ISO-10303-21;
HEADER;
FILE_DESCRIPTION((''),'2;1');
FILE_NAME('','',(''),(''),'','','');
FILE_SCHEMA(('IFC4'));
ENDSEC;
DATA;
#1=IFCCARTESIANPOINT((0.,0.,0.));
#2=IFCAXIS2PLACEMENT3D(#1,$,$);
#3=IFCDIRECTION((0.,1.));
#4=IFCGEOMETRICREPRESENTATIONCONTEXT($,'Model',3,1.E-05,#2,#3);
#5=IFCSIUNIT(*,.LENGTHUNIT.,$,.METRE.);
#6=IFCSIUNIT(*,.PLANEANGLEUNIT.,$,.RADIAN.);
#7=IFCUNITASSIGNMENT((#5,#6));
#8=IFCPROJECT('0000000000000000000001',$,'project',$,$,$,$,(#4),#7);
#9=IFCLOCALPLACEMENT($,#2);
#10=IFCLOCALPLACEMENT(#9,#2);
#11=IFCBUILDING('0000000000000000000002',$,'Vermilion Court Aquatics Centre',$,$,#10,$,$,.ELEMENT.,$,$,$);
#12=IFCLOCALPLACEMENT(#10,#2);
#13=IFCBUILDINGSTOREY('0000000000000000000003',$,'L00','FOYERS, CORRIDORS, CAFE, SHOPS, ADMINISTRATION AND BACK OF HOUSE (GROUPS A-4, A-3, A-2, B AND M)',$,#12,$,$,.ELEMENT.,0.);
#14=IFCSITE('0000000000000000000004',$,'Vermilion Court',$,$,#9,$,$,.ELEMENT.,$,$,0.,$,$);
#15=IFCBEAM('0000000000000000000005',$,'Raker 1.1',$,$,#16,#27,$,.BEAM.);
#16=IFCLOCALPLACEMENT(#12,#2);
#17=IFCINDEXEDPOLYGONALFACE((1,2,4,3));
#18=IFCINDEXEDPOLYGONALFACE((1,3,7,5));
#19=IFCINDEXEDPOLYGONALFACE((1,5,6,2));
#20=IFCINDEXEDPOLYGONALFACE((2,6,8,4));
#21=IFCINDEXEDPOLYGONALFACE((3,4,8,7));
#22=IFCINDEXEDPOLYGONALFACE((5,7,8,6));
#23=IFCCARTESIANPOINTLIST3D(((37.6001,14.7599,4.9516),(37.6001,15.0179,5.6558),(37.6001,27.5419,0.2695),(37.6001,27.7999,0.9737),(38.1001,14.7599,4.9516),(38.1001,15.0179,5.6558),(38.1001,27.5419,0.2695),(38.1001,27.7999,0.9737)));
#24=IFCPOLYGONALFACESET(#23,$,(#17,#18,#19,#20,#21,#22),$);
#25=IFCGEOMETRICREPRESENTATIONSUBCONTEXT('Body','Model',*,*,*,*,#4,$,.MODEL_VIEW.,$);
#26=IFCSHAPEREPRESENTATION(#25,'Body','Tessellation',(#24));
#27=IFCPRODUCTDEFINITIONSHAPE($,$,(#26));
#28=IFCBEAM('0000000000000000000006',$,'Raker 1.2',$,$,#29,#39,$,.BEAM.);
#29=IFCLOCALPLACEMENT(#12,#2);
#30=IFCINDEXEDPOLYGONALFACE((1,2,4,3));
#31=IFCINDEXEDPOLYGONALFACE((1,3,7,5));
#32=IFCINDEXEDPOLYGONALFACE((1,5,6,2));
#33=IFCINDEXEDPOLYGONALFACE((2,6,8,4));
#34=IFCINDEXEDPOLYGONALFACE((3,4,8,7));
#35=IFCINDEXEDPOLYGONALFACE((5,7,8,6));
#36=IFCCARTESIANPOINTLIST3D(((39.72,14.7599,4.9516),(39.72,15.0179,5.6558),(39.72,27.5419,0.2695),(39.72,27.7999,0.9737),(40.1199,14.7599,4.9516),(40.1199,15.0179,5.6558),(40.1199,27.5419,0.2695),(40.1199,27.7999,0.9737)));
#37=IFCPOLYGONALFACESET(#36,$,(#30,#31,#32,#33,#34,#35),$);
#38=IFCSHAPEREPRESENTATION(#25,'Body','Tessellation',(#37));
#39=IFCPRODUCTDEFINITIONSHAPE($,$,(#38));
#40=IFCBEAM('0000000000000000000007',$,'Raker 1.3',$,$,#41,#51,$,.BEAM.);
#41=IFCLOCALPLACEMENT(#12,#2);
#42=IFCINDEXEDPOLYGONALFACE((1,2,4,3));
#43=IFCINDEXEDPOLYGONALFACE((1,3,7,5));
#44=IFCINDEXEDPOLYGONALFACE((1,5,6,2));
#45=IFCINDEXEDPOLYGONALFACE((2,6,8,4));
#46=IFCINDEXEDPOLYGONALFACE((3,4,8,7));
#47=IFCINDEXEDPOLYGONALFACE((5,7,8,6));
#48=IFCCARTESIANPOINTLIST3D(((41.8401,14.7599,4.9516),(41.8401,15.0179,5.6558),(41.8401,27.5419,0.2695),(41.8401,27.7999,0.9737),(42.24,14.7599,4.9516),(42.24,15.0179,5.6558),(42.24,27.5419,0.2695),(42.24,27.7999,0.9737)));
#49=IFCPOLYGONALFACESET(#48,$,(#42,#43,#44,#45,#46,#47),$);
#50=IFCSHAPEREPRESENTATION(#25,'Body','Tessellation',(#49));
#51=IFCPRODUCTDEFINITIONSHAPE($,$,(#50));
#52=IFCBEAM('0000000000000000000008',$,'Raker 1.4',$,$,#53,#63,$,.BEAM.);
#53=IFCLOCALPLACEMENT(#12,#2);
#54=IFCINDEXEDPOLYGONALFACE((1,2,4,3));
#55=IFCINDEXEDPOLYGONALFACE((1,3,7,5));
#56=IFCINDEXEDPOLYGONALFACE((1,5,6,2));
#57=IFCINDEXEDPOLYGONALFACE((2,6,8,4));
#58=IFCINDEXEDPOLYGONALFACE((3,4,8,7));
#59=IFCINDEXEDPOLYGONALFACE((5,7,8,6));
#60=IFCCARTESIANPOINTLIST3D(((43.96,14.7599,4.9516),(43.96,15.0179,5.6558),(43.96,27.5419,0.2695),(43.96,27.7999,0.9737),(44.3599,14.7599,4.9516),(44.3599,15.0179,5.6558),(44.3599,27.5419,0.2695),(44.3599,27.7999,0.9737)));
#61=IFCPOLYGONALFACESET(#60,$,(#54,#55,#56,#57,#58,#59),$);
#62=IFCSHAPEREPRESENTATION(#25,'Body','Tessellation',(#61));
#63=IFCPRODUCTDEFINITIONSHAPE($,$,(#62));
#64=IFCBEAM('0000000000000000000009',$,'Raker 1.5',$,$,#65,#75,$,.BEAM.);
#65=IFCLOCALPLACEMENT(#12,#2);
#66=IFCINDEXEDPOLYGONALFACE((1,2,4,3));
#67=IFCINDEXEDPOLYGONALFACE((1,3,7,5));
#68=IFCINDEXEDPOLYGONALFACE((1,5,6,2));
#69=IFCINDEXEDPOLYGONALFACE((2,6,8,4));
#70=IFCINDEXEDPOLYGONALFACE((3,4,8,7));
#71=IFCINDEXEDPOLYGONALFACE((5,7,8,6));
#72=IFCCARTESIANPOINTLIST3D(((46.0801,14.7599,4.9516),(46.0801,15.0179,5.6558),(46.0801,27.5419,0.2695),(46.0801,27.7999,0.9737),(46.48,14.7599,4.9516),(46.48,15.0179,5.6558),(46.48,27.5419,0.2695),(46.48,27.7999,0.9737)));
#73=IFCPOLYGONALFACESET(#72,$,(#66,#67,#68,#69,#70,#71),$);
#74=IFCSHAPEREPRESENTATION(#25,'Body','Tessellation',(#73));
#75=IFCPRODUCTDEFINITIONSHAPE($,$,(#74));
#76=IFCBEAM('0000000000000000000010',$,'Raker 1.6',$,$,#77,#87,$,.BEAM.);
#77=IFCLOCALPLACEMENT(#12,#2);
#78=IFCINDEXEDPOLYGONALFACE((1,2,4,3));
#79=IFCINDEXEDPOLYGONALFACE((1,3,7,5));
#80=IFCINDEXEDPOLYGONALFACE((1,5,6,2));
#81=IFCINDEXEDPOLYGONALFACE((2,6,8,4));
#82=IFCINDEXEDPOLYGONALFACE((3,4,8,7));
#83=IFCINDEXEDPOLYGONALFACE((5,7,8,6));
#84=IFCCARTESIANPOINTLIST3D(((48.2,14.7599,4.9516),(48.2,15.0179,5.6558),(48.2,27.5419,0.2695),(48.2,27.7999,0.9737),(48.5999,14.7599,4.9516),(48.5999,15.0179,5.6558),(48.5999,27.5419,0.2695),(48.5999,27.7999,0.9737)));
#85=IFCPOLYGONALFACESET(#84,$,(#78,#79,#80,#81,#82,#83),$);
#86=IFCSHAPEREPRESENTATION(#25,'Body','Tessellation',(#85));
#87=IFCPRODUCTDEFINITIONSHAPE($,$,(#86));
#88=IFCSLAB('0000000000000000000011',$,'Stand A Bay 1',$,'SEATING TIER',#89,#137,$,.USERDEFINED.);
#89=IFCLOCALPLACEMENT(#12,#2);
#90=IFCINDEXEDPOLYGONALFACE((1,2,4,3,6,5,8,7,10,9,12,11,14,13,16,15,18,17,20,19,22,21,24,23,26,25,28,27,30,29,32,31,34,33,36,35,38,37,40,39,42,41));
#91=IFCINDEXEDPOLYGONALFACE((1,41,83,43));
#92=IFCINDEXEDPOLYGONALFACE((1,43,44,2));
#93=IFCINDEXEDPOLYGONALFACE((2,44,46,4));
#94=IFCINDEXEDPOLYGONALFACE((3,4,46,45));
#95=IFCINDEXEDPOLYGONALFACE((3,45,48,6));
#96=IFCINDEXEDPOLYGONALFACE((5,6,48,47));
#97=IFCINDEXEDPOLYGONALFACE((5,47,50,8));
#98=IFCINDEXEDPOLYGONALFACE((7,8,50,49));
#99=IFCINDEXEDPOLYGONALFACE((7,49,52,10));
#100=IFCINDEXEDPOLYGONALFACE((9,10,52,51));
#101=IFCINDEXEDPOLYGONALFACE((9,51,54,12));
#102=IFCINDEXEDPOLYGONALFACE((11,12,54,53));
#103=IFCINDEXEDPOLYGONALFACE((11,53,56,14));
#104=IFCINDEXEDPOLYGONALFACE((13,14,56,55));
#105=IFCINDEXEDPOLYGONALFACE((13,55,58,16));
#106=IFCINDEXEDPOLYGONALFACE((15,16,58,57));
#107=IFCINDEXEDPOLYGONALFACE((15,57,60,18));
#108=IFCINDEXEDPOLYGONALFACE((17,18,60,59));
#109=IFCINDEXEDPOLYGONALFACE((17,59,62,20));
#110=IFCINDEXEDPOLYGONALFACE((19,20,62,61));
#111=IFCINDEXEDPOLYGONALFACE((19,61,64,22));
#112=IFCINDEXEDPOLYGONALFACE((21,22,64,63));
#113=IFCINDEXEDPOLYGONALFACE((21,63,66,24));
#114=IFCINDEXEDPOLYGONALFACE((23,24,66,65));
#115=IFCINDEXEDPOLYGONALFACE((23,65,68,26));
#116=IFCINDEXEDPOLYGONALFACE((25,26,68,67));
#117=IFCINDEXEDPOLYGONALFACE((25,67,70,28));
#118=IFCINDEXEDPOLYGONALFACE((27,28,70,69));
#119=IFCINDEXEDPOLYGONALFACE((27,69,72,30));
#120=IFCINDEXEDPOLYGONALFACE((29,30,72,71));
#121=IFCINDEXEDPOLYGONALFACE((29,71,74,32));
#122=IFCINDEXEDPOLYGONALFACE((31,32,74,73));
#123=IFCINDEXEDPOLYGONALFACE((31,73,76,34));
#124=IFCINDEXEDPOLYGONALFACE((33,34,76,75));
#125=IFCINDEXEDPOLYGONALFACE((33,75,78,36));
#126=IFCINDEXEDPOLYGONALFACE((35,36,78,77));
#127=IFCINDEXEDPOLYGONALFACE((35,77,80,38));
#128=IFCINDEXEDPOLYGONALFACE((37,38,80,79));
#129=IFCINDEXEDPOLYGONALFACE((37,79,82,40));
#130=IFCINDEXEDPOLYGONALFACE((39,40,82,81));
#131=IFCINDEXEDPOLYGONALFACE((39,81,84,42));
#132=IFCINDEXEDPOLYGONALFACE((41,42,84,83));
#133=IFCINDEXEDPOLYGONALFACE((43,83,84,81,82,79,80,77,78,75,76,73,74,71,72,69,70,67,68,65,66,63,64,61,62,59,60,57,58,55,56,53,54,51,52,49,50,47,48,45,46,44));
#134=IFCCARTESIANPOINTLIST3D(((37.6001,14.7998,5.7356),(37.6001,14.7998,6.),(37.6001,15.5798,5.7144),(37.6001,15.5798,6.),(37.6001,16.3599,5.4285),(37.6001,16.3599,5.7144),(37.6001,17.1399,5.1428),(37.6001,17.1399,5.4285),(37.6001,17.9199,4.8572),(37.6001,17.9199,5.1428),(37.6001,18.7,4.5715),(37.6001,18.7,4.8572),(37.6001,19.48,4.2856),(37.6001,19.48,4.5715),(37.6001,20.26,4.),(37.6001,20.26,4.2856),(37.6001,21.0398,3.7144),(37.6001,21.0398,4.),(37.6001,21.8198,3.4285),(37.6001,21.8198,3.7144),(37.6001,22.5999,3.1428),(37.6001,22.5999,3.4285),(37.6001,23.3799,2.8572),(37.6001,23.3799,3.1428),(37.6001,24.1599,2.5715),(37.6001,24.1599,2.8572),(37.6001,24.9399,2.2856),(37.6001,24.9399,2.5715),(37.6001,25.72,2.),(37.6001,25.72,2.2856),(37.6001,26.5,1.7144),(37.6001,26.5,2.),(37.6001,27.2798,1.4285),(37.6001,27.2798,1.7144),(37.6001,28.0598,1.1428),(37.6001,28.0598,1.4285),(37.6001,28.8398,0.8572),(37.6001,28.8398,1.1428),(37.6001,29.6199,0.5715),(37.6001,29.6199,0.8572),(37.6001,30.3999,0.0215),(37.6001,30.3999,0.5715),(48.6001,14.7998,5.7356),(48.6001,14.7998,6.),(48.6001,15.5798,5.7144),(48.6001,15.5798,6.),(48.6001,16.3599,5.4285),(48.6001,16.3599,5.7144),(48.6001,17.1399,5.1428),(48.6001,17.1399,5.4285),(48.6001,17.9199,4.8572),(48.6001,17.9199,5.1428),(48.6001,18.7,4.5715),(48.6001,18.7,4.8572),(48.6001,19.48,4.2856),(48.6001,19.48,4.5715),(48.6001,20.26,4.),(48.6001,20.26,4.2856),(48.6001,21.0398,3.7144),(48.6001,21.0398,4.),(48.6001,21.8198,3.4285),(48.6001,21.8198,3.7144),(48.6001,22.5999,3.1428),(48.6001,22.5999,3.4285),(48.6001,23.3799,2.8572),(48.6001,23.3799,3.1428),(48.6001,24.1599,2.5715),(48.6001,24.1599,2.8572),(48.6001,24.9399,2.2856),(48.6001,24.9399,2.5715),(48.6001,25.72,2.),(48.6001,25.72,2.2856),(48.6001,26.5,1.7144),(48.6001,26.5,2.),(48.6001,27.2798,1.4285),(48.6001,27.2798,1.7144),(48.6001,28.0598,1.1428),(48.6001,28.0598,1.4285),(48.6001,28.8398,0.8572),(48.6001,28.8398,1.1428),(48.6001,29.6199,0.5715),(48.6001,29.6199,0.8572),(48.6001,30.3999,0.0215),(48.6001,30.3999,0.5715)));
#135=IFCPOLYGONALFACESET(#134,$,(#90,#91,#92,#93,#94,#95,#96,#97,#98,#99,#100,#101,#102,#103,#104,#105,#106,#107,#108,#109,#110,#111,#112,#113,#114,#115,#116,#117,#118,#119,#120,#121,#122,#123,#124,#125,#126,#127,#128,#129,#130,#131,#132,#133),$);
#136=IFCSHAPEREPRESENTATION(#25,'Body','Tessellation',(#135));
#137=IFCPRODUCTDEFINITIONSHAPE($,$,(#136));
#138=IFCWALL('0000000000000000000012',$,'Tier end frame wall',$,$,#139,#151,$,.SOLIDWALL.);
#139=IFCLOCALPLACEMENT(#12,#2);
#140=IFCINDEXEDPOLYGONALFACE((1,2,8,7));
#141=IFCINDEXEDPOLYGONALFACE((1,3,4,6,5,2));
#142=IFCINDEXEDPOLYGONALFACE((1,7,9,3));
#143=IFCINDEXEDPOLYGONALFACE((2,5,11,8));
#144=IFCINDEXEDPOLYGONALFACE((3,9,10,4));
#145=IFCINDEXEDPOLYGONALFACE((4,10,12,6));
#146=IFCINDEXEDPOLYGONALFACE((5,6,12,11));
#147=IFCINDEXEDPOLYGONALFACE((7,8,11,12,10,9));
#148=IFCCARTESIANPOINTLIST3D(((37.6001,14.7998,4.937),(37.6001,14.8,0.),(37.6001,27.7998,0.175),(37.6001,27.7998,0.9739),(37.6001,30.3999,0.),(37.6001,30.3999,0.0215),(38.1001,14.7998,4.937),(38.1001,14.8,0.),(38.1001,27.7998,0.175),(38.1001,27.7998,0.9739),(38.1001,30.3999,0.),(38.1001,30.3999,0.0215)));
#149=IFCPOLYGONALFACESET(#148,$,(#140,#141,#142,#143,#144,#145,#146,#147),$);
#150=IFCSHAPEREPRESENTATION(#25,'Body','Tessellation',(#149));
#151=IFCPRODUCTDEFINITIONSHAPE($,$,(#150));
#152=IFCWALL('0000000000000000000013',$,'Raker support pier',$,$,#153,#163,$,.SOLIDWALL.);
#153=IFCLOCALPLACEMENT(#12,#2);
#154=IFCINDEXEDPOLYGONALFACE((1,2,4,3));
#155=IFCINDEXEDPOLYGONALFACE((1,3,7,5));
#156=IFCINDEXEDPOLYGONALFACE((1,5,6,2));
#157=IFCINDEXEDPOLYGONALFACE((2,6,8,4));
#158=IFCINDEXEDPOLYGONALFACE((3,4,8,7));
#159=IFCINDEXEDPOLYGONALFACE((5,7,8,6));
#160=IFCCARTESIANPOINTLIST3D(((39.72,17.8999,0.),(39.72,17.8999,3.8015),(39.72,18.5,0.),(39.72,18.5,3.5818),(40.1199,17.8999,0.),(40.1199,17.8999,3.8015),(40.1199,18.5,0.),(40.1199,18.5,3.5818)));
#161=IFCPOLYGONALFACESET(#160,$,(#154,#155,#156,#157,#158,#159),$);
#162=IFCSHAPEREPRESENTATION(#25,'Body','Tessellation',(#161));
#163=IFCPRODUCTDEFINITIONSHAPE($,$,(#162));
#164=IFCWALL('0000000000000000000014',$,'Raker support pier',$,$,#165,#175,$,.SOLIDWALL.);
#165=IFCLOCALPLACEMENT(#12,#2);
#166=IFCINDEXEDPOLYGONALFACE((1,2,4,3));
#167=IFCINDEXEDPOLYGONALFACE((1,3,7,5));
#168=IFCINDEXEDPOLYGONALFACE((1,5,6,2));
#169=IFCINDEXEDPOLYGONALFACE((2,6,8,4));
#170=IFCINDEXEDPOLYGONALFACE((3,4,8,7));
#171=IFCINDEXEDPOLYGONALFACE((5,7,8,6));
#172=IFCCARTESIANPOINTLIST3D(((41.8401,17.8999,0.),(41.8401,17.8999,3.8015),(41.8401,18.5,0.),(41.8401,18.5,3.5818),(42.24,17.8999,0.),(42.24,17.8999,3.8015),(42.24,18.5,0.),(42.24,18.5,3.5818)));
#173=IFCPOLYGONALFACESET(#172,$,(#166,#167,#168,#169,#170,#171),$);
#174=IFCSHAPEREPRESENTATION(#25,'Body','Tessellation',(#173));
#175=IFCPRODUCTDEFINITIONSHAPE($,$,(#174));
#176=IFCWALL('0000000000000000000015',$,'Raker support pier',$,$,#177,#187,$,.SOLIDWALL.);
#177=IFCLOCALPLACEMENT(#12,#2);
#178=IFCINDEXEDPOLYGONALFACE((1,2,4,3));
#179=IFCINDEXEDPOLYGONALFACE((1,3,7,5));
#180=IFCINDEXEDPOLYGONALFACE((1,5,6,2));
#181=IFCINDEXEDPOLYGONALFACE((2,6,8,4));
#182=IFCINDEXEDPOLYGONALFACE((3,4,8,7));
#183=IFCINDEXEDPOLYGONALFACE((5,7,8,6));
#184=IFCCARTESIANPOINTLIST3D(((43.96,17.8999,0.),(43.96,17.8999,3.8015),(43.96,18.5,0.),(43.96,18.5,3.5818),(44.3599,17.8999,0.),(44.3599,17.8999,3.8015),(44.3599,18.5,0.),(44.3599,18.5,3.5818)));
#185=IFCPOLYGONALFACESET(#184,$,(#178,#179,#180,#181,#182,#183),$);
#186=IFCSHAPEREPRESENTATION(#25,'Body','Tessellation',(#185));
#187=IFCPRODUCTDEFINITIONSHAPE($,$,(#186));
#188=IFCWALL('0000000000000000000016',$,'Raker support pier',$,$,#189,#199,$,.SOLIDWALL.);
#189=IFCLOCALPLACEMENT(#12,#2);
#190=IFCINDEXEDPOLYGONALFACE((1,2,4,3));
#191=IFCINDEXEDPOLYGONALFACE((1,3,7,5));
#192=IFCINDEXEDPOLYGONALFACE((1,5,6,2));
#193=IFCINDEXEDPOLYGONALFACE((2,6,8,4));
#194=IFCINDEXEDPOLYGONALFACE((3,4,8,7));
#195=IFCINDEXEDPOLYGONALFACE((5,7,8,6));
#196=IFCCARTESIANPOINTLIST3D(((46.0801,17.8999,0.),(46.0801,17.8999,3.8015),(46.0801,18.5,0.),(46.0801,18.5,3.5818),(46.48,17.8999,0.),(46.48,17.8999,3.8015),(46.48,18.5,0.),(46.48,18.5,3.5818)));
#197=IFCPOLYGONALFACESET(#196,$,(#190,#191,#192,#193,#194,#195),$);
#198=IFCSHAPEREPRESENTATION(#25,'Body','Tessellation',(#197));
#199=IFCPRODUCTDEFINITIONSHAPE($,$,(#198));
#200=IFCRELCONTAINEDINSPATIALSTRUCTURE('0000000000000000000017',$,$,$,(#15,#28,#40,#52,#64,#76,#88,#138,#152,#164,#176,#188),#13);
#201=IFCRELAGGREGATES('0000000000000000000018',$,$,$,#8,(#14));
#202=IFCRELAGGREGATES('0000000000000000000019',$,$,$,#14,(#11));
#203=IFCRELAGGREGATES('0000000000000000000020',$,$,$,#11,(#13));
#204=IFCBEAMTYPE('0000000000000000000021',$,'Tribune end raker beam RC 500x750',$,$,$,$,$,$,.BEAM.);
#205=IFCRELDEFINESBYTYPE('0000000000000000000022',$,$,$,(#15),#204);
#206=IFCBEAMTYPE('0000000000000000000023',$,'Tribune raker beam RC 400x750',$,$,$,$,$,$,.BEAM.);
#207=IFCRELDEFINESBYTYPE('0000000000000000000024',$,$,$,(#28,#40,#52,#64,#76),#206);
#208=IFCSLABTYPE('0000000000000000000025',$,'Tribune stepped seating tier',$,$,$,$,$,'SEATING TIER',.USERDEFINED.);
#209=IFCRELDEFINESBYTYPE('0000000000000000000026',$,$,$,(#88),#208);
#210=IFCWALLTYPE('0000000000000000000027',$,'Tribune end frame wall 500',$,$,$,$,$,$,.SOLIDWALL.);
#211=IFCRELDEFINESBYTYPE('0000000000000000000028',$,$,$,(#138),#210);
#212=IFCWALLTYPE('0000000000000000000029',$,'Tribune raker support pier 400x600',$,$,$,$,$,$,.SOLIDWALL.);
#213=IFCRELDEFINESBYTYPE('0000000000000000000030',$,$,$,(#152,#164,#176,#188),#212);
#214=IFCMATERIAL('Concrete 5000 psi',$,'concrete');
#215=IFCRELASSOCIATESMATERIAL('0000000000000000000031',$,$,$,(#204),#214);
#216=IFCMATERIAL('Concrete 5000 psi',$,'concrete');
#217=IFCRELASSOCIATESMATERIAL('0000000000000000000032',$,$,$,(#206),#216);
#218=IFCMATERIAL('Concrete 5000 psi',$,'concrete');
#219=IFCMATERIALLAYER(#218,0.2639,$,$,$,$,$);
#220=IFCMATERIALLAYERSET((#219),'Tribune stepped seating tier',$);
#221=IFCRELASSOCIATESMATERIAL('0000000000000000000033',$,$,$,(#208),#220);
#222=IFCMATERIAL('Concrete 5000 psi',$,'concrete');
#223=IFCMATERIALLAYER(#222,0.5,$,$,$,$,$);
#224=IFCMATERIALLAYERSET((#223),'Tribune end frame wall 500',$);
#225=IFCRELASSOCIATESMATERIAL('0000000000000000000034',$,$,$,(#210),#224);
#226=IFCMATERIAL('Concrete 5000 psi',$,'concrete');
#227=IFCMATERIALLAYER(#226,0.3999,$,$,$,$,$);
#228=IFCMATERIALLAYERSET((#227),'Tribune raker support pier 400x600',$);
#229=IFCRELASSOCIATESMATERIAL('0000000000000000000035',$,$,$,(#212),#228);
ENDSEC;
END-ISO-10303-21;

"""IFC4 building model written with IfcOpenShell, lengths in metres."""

from ifc_helpers import new_model, si_unit, direction, frame, origin, origin_2d, place, context, subcontext, project, spatial, polyline, rectangle, outline, extrude, material, layer, layer_set, material_profile, profile_set, type_object, element, save


model = new_model("IFC4")

# Units and contexts
model_context = context("Model", 3, precision=1e-05, world=origin(), true_north=direction((0.0, 1.0)))
body_context = subcontext(model_context, "Body", "Model", "MODEL_VIEW")
ifc_project = project(units=[si_unit("LENGTHUNIT", "METRE"), si_unit("PLANEANGLEUNIT", "RADIAN")], contexts=[model_context])

# Site, building, storey
site_placement = place(None, origin())
site = spatial("IfcSite", under=ifc_project, at=site_placement, Name="Vermilion Court", CompositionType="ELEMENT", RefElevation=0.0)
building_placement = place(site_placement, origin())
building = spatial("IfcBuilding", under=site, at=building_placement, Name="Vermilion Court Aquatics Centre", CompositionType="ELEMENT")
storey_placement = place(building_placement, origin())
storey = spatial("IfcBuildingStorey", under=building, at=storey_placement, Name="L00", Description="FOYERS, CORRIDORS, CAFE, SHOPS, ADMINISTRATION AND BACK OF HOUSE (GROUPS A-4, A-3, A-2, B AND M)", CompositionType="ELEMENT", Elevation=0.0)

# Beams
ifc_material_1 = material(Name="Concrete 5000 psi", Category="concrete")
ifc_material_profile_1 = material_profile(ifc_material_1, rectangle(XDim=0.5, YDim=0.75, at=origin_2d()), Name="RC 500x750")
ifc_profile_set_1 = profile_set([ifc_material_profile_1], Name="Concrete 5000 psi")
beam_type_1 = type_object("IfcBeamType", Name="Tribune end raker beam RC 500x750", PredefinedType="BEAM", material=ifc_profile_set_1)
beam_placement = place(storey_placement, frame((37.8501, 27.6709, 0.6216), z_axis=(0.0, -0.938985, 0.343957), x_axis=(1.0, 0.0, 0.0)))
element("IfcBeam", 1, at=beam_placement, inside=storey, type_object=beam_type_1, Name="Raker 1.1", PredefinedType="BEAM", context=body_context, shape_type="SweptSolid", body=[
    extrude(rectangle(XDim=0.5, YDim=0.75, at=origin_2d()), origin(), (0.0, 0.0, 1.0), 13.6125),
])
ifc_material_2 = material(Name="Concrete 5000 psi", Category="concrete")
ifc_material_profile_2 = material_profile(ifc_material_2, rectangle(XDim=0.3999, YDim=0.75, at=origin_2d()), Name="RC 400x750")
ifc_profile_set_2 = profile_set([ifc_material_profile_2], Name="Concrete 5000 psi")
beam_type_2 = type_object("IfcBeamType", Name="Tribune raker beam RC 400x750", PredefinedType="BEAM", material=ifc_profile_set_2)
for number, where, z_axis, x_axis, name in (
    (2, (39.9199, 27.6709, 0.6216), (0.0, -0.938985, 0.343957), (1.0, 0.0, 0.0), "Raker 1.2"),
    (3, (42.04, 27.6709, 0.6216), (0.0, -0.938985, 0.343957), (1.0, 0.0, 0.0), "Raker 1.3"),
    (4, (44.1599, 27.6709, 0.6216), (0.0, -0.938985, 0.343957), (1.0, 0.0, 0.0), "Raker 1.4"),
    (5, (46.28, 27.6709, 0.6216), (0.0, -0.938985, 0.343957), (1.0, 0.0, 0.0), "Raker 1.5"),
    (6, (48.3999, 27.6709, 0.6216), (0.0, -0.938985, 0.343957), (1.0, 0.0, 0.0), "Raker 1.6"),
):
    element("IfcBeam", number, at=place(storey_placement, frame(where, z_axis=z_axis, x_axis=x_axis)), inside=storey, type_object=beam_type_2, Name=name, PredefinedType="BEAM", context=body_context, shape_type="SweptSolid", body=[
        extrude(rectangle(XDim=0.3999, YDim=0.75, at=origin_2d()), origin(), (0.0, 0.0, 1.0), 13.6125),
    ])

# Slab
ifc_material_3 = material(Name="Concrete 5000 psi", Category="concrete")
ifc_layer_1 = layer(ifc_material_3, 0.2639)
ifc_layer_set_1 = layer_set([ifc_layer_1], Name="Tribune stepped seating tier")
slab_type = type_object("IfcSlabType", Name="Tribune stepped seating tier", ElementType="SEATING TIER", PredefinedType="USERDEFINED", material=ifc_layer_set_1)
slab_placement = place(storey_placement, frame((43.1001, 30.3999, 0.0215), z_axis=(0.0, 0.0, 1.0), x_axis=(0.0, -1.0, 0.0)))
element("IfcSlab", 7, at=slab_placement, inside=storey, type_object=slab_type, Name="Stand A Bay 1", ObjectType="SEATING TIER", PredefinedType="USERDEFINED", context=body_context, shape_type="SweptSolid", body=[
    extrude(outline(polyline([(0.0, 0.0), (15.6001, 5.7141), (15.6001, 5.9785), (14.8201, 5.9785), (14.8201, 5.6929), (14.04, 5.6929), (14.04, 5.407), (13.26, 5.407), (13.26, 5.1213), (12.48, 5.1213), (12.48, 4.8357), (11.7, 4.8357), (11.7, 4.55), (10.9199, 4.55), (10.9199, 4.2642), (10.1399, 4.2642), (10.1399, 3.9785), (9.3601, 3.9785), (9.3601, 3.6929), (8.5801, 3.6929), (8.5801, 3.407), (7.8, 3.407), (7.8, 3.1213), (7.02, 3.1213), (7.02, 2.8357), (6.24, 2.8357), (6.24, 2.55), (5.46, 2.55), (5.46, 2.2642), (4.6799, 2.2642), (4.6799, 1.9785), (3.8999, 1.9785), (3.8999, 1.6929), (3.1201, 1.6929), (3.1201, 1.407), (2.3401, 1.407), (2.3401, 1.1213), (1.5601, 1.1213), (1.5601, 0.8357), (0.78, 0.8357), (0.78, 0.55), (0.0, 0.55), (0.0, 0.0)])), frame((0.0, 5.5, 0.0), z_axis=(0.0, -1.0, 0.0), x_axis=(1.0, 0.0, 0.0)), (0.0, 0.0, 1.0), 11.0),
])

# Walls
ifc_material_4 = material(Name="Concrete 5000 psi", Category="concrete")
ifc_layer_2 = layer(ifc_material_4, 0.5)
ifc_layer_set_2 = layer_set([ifc_layer_2], Name="Tribune end frame wall 500")
wall_type_1 = type_object("IfcWallType", Name="Tribune end frame wall 500", PredefinedType="SOLIDWALL", material=ifc_layer_set_2)
wall_1_placement = place(storey_placement, frame((37.8501, 30.3999, 0.0), z_axis=(0.0, 0.0, 1.0), x_axis=(0.0, -1.0, 0.0)))
element("IfcWall", 8, at=wall_1_placement, inside=storey, type_object=wall_type_1, Name="Tier end frame wall", PredefinedType="SOLIDWALL", context=body_context, shape_type="SweptSolid", body=[
    extrude(outline(polyline([(0.0, 0.0), (15.5999, 0.0), (15.6001, 4.937), (2.6001, 0.175), (2.6001, 0.9739), (0.0, 0.0215), (0.0, 0.0)])), frame((0.0, 0.25, 0.0), z_axis=(0.0, -1.0, 0.0), x_axis=(1.0, 0.0, 0.0)), (0.0, 0.0, 1.0), 0.5),
])
ifc_material_5 = material(Name="Concrete 5000 psi", Category="concrete")
ifc_layer_3 = layer(ifc_material_5, 0.3999)
ifc_layer_set_3 = layer_set([ifc_layer_3], Name="Tribune raker support pier 400x600")
wall_type_2 = type_object("IfcWallType", Name="Tribune raker support pier 400x600", PredefinedType="SOLIDWALL", material=ifc_layer_set_3)
for number, where, z_axis, x_axis, name in (
    (9, (39.9199, 18.5, 0.0), (0.0, 0.0, 1.0), (0.0, -1.0, 0.0), "Raker support pier"),
    (10, (42.04, 18.5, 0.0), (0.0, 0.0, 1.0), (0.0, -1.0, 0.0), "Raker support pier"),
    (11, (44.1599, 18.5, 0.0), (0.0, 0.0, 1.0), (0.0, -1.0, 0.0), "Raker support pier"),
    (12, (46.28, 18.5, 0.0), (0.0, 0.0, 1.0), (0.0, -1.0, 0.0), "Raker support pier"),
):
    element("IfcWall", number, at=place(storey_placement, frame(where, z_axis=z_axis, x_axis=x_axis)), inside=storey, type_object=wall_type_2, Name=name, PredefinedType="SOLIDWALL", context=body_context, shape_type="SweptSolid", body=[
        extrude(outline(polyline([(0.0, 0.0), (0.6001, 0.0), (0.6001, 3.8015), (0.0, 3.5818), (0.0, 0.0)])), frame((0.0, 0.2, 0.0), z_axis=(0.0, -1.0, 0.0), x_axis=(1.0, 0.0, 0.0)), (0.0, 0.0, 1.0), 0.3999),
    ])

save(model, "model.ifc")
